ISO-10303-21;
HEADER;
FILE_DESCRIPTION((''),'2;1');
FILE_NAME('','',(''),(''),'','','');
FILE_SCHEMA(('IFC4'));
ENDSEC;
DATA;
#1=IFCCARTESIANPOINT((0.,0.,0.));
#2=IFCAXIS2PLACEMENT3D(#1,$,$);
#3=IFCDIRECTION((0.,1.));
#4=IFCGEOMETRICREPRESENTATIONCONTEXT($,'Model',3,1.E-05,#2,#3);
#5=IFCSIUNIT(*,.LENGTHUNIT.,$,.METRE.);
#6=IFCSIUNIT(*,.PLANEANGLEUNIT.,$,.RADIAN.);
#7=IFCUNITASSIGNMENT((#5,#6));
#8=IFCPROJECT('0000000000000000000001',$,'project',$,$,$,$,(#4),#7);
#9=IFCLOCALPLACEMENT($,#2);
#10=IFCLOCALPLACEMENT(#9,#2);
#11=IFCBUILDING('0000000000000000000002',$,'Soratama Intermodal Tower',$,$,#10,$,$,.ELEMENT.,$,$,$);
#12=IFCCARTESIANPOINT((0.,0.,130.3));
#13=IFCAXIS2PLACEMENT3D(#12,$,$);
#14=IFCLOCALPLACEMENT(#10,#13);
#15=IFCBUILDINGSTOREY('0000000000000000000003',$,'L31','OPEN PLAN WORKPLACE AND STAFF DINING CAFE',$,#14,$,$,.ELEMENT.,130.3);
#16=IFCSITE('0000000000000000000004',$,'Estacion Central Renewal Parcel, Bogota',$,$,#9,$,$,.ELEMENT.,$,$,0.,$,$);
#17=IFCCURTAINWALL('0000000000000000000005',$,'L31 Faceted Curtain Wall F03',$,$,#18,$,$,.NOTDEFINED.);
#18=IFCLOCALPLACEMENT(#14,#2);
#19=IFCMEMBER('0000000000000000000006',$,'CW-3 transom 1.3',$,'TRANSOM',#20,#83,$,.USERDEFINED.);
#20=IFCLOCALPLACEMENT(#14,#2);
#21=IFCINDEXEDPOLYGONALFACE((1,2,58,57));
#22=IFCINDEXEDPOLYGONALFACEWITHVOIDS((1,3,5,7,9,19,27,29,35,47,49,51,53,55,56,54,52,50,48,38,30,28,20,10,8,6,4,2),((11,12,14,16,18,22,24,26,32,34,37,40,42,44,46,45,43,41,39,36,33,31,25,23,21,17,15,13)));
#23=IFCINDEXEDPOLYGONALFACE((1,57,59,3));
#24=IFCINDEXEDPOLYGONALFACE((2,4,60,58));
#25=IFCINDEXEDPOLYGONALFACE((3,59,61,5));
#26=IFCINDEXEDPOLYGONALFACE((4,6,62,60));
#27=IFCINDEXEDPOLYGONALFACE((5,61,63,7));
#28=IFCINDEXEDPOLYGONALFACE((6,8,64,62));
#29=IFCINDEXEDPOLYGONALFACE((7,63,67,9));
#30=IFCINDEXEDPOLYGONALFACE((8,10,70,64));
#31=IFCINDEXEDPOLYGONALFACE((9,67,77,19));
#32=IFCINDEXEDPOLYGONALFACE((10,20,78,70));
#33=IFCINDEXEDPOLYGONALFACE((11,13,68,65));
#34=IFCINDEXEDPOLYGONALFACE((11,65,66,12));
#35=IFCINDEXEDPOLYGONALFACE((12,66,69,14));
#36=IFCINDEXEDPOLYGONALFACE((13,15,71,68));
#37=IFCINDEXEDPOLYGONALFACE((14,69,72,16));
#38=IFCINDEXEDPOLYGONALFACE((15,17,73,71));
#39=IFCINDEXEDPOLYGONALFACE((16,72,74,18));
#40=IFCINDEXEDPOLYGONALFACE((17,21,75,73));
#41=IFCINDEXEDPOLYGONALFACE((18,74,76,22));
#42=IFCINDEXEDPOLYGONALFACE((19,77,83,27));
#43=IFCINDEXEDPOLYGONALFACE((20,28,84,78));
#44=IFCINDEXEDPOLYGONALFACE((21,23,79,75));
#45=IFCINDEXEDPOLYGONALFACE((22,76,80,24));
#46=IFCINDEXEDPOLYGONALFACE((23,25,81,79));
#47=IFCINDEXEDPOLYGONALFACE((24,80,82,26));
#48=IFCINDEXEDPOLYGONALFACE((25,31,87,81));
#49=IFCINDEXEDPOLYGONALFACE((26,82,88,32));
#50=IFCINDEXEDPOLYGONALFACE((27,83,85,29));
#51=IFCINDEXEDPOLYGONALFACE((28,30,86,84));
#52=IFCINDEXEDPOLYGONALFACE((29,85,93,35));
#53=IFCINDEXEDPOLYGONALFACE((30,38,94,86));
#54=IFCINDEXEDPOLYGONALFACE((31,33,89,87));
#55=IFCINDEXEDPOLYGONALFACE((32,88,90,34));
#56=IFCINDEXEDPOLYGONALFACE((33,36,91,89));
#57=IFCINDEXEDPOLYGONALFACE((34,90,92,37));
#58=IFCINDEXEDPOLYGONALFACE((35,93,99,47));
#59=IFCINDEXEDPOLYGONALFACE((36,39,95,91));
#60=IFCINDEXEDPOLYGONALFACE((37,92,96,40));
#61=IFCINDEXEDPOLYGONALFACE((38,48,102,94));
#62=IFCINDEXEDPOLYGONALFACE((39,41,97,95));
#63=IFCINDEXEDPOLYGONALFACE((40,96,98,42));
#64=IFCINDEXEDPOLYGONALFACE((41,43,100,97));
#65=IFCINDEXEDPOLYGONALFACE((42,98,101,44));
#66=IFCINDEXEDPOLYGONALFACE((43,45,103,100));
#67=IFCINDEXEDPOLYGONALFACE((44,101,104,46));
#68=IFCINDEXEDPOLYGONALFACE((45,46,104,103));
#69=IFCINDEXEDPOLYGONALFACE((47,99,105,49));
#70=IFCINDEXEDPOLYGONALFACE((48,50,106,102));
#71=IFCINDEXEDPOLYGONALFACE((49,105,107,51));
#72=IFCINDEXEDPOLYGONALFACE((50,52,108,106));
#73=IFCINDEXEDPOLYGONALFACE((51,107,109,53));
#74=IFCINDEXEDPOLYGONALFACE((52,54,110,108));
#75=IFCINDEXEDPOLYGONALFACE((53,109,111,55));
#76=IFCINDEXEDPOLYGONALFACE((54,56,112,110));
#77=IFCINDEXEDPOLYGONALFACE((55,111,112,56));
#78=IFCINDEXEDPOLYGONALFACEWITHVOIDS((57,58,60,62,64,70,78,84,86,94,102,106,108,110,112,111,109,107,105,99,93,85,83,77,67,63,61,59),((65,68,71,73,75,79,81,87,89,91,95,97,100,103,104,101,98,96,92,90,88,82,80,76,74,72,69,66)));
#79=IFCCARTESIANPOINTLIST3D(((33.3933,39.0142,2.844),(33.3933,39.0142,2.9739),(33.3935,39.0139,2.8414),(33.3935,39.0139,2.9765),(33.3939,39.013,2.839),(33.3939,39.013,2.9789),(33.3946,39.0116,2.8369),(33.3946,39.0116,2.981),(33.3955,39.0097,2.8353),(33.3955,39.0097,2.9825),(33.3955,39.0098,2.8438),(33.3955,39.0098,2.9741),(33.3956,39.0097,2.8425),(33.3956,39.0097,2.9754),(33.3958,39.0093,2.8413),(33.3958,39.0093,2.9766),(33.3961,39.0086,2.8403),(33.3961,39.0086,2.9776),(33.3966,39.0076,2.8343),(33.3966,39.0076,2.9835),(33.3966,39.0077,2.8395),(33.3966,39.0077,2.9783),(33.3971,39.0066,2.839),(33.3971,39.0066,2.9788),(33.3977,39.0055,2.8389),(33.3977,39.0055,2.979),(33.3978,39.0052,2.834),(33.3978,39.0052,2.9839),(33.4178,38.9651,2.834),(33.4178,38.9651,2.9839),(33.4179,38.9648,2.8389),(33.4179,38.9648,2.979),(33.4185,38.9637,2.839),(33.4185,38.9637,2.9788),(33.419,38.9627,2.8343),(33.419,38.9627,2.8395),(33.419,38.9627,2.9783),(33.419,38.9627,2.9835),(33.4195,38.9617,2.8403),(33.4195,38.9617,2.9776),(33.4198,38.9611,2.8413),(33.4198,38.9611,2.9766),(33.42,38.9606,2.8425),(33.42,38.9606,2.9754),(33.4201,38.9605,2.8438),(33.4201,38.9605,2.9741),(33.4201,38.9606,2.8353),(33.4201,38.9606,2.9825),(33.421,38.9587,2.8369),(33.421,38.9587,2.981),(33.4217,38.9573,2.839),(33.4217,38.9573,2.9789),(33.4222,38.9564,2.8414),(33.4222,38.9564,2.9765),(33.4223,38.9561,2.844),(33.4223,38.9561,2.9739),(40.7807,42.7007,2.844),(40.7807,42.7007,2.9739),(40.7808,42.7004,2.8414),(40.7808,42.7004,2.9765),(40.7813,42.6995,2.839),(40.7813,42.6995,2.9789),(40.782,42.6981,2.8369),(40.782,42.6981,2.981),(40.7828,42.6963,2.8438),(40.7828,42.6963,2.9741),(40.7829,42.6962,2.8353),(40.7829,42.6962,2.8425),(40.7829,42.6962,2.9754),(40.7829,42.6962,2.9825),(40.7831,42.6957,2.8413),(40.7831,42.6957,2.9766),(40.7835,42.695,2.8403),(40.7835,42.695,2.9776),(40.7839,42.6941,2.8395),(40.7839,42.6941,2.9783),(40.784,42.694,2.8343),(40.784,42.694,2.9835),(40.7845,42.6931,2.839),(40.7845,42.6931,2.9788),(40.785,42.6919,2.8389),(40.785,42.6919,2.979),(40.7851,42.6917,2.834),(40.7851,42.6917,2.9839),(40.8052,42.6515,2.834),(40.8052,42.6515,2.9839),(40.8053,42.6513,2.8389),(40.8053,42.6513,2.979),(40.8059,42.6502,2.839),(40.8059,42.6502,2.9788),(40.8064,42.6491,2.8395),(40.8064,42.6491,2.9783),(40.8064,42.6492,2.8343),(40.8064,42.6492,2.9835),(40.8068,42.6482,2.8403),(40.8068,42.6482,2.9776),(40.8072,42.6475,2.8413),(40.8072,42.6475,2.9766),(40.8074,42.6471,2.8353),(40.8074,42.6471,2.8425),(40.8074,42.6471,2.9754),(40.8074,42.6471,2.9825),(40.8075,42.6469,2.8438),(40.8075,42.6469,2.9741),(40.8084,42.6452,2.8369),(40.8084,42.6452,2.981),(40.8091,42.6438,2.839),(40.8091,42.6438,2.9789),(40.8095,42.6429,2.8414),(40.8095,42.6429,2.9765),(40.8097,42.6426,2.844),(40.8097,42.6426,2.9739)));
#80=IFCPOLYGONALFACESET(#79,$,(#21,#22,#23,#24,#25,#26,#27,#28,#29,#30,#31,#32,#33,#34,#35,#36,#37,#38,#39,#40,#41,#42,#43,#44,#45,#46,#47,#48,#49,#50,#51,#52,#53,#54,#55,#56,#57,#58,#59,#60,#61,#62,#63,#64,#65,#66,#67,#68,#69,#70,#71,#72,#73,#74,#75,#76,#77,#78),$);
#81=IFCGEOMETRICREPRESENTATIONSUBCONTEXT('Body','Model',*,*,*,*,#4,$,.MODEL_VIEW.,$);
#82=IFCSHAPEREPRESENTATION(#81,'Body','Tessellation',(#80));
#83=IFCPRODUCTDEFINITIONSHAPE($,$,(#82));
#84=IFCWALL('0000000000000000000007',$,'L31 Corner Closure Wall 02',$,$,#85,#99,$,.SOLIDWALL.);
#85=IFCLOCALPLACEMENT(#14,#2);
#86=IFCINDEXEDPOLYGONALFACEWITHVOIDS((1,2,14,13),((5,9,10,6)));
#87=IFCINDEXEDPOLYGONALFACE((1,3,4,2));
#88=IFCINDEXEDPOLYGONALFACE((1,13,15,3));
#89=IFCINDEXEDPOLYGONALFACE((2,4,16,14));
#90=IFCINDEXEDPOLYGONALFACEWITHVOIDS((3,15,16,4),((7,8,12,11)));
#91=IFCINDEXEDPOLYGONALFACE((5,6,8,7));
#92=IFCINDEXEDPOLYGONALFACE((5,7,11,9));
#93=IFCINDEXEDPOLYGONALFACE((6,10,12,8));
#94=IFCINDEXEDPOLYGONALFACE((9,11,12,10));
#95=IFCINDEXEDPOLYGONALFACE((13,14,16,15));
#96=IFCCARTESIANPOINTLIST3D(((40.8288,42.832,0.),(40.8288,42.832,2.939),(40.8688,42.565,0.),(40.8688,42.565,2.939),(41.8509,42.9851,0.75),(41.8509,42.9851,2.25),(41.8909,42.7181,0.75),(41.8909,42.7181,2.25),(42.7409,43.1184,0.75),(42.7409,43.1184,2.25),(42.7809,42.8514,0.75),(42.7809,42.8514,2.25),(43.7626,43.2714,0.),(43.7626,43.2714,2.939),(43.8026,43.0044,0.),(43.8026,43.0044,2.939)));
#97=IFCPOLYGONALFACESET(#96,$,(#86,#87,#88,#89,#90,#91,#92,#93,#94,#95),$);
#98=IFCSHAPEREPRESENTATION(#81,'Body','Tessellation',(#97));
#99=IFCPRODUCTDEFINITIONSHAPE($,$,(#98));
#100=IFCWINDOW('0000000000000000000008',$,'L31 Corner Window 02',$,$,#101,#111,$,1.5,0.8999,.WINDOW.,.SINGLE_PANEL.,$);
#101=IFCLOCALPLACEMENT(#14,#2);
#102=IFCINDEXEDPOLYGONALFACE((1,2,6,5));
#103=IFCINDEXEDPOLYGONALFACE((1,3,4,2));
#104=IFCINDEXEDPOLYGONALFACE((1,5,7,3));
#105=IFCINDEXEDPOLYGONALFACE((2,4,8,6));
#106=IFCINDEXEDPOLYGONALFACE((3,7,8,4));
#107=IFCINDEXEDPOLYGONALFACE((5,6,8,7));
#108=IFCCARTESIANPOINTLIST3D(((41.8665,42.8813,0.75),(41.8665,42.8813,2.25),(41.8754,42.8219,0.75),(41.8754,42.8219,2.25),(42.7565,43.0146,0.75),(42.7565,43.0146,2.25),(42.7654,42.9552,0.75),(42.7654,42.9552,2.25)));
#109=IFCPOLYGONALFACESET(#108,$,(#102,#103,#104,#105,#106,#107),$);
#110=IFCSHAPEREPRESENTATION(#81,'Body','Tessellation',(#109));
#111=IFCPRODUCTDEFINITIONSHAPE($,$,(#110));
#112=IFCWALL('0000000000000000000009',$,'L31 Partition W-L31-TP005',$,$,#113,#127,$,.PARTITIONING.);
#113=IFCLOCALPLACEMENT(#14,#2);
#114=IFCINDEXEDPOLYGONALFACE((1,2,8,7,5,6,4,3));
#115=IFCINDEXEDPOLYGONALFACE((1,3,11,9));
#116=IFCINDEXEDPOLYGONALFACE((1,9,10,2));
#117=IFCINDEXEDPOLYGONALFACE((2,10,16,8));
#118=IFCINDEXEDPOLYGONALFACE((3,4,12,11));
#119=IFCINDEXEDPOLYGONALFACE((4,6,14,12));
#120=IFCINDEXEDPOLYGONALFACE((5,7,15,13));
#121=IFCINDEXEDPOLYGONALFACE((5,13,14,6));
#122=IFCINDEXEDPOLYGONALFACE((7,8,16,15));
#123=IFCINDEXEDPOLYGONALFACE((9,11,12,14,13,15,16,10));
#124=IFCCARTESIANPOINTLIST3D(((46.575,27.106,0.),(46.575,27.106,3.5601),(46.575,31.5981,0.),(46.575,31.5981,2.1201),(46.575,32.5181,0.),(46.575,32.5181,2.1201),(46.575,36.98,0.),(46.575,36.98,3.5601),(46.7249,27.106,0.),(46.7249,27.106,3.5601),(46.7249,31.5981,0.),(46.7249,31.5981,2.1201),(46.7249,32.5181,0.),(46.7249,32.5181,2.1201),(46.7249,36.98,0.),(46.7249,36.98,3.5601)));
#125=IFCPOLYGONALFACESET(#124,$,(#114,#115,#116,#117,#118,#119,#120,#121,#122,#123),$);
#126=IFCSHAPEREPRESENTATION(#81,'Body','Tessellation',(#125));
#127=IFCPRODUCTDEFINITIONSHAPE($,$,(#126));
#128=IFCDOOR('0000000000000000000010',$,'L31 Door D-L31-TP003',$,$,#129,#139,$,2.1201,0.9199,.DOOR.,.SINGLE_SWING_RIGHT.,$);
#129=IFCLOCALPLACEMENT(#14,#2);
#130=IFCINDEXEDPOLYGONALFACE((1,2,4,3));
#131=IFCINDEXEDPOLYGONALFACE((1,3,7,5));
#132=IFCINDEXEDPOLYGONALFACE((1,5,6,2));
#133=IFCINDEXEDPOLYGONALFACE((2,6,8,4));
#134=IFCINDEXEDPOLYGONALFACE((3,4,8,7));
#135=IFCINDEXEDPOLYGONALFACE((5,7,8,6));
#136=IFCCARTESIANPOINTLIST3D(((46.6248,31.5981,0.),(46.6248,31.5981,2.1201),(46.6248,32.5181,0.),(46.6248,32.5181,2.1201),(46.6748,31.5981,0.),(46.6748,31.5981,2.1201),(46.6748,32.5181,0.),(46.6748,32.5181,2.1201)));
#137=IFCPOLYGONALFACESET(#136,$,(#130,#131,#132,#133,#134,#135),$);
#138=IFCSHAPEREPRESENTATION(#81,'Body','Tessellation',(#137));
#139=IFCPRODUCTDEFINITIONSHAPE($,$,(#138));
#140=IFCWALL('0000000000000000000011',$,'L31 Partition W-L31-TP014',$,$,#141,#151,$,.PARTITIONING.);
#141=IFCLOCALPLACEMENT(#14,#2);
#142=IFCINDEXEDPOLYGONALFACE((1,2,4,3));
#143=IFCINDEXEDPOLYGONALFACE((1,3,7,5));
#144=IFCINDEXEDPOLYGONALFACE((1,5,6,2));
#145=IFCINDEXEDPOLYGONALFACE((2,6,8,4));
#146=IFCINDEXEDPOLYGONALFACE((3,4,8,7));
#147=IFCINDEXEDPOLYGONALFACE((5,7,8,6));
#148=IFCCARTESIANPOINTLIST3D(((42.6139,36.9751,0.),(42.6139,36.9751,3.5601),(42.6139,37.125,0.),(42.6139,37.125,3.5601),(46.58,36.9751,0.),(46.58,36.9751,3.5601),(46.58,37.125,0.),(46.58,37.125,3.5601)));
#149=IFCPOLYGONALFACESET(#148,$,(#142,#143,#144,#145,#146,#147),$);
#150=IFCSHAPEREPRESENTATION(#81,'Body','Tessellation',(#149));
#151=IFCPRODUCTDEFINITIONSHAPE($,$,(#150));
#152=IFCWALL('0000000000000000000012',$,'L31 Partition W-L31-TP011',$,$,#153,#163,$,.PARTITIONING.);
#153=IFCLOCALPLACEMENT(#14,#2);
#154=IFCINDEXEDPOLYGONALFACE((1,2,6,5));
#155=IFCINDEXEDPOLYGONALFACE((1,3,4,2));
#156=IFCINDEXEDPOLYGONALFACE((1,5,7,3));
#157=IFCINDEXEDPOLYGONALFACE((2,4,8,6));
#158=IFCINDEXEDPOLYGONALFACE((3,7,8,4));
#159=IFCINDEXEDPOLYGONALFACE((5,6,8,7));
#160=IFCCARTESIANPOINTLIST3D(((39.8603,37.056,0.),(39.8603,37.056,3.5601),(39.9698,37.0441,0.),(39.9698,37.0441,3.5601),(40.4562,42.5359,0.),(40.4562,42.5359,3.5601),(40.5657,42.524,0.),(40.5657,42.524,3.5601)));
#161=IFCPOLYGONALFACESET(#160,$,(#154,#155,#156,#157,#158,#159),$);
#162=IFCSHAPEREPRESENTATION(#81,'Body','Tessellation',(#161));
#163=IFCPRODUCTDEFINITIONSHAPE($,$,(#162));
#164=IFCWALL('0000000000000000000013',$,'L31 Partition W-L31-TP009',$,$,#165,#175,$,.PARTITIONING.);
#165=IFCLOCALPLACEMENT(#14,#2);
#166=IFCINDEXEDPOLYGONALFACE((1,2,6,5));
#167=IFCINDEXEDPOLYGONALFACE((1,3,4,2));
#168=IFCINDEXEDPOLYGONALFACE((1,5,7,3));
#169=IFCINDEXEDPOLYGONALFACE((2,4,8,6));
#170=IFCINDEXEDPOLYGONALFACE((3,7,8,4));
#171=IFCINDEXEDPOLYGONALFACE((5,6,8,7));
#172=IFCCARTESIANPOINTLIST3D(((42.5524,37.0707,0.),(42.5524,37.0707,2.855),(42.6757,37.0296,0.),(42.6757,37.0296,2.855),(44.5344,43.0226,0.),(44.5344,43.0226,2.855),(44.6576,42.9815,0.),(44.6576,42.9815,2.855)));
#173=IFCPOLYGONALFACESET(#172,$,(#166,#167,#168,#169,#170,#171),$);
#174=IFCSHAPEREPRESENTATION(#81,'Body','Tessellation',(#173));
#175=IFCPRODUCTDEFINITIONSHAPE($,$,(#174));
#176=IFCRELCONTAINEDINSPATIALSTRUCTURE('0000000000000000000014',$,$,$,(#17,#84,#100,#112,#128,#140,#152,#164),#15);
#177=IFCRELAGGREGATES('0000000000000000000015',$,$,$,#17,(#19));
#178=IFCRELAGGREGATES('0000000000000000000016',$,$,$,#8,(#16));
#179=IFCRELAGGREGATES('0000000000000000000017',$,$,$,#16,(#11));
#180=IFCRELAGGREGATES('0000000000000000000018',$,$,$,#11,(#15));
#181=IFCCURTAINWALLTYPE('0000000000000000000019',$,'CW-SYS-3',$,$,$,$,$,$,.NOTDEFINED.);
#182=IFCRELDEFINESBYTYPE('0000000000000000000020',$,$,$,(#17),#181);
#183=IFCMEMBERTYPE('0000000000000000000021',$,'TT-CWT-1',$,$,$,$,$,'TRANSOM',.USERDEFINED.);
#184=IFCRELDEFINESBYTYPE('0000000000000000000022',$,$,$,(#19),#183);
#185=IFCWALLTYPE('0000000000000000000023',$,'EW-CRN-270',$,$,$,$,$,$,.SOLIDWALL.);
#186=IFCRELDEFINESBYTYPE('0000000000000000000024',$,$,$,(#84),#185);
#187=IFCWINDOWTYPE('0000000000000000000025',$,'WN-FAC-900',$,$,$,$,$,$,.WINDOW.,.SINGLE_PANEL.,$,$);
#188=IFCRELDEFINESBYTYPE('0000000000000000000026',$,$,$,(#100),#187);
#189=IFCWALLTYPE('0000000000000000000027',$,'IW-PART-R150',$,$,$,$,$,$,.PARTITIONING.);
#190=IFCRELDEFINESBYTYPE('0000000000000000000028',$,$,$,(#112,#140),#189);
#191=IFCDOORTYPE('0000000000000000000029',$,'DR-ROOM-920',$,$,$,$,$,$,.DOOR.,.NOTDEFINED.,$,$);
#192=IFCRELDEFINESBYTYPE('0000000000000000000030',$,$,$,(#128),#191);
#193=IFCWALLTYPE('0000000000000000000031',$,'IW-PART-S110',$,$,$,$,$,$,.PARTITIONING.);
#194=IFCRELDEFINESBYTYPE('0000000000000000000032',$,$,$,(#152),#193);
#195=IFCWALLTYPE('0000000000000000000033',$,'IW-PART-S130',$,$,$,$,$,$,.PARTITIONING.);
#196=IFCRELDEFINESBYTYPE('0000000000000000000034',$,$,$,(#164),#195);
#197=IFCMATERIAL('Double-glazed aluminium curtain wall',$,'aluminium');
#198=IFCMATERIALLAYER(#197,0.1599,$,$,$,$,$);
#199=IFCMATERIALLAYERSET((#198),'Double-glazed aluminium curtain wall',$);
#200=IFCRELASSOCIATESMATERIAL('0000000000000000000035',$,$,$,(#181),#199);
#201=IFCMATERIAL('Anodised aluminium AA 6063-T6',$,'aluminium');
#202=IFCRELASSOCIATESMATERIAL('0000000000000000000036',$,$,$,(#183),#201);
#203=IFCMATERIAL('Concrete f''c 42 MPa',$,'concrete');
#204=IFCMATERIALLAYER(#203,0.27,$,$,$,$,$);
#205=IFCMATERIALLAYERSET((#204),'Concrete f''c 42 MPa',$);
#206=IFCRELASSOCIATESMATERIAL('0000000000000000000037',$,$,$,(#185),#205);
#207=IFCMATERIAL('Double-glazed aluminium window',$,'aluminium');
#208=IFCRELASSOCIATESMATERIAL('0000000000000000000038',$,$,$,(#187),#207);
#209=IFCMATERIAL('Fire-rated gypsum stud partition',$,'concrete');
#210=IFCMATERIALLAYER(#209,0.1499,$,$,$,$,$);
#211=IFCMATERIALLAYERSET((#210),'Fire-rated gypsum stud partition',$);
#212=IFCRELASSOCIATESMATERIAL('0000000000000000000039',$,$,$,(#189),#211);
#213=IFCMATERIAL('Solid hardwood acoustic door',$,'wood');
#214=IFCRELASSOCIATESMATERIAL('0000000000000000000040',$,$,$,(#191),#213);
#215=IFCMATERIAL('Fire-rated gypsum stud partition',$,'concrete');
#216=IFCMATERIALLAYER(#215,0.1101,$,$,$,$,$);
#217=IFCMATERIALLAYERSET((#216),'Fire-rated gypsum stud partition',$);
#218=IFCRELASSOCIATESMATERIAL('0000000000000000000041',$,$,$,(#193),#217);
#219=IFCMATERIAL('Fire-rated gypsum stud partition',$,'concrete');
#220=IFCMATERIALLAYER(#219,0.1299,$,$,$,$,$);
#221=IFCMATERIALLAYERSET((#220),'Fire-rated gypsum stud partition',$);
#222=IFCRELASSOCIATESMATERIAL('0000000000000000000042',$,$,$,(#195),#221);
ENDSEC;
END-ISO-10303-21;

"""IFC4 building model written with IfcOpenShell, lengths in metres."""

from ifc_helpers import new_model, si_unit, direction, frame, frame_2d, origin, origin_2d, place, context, subcontext, project, spatial, rectangle, hollow_rectangle, extrude, material, layer, layer_set, material_profile, profile_set, type_object, element, fill, aggregate, save


model = new_model("IFC4")

# Units and contexts
model_context = context("Model", 3, precision=1e-05, world=origin(), true_north=direction((0.0, 1.0)))
body_context = subcontext(model_context, "Body", "Model", "MODEL_VIEW")
ifc_project = project(units=[si_unit("LENGTHUNIT", "METRE"), si_unit("PLANEANGLEUNIT", "RADIAN")], contexts=[model_context])

# Site, building, storey
site_placement = place(None, origin())
site = spatial("IfcSite", under=ifc_project, at=site_placement, Name="Estacion Central Renewal Parcel, Bogota", CompositionType="ELEMENT", RefElevation=0.0)
building_placement = place(site_placement, origin())
building = spatial("IfcBuilding", under=site, at=building_placement, Name="Soratama Intermodal Tower", CompositionType="ELEMENT")
storey_placement = place(building_placement, frame((0.0, 0.0, 130.3)))
storey = spatial("IfcBuildingStorey", under=building, at=storey_placement, Name="L31", Description="OPEN PLAN WORKPLACE AND STAFF DINING CAFE", CompositionType="ELEMENT", Elevation=130.3)

# Shared definitions
ifc_material_1 = material(Name="Double-glazed aluminium curtain wall", Category="aluminium")
ifc_layer_1 = layer(ifc_material_1, 0.1599)
ifc_layer_set_1 = layer_set([ifc_layer_1], Name="Double-glazed aluminium curtain wall")
curtain_wall_type = type_object("IfcCurtainWallType", Name="CW-SYS-3", PredefinedType="NOTDEFINED", material=ifc_layer_set_1)

# Curtain wall, member
curtain_wall_1_placement = place(storey_placement, origin())
curtain_wall_1 = element("IfcCurtainWall", 1, at=curtain_wall_1_placement, inside=storey, type_object=curtain_wall_type, Name="L31 Faceted Curtain Wall F03", PredefinedType="NOTDEFINED")
ifc_material_2 = material(Name="Anodised aluminium AA 6063-T6", Category="aluminium")
ifc_material_profile_1 = material_profile(ifc_material_2, hollow_rectangle(XDim=0.0649, YDim=0.1499, WallThickness=0.0049, InnerFilletRadius=0.0049, OuterFilletRadius=0.01, at=origin_2d()), Name="CWT150X65X5")
ifc_profile_set_1 = profile_set([ifc_material_profile_1], Name="Anodised aluminium AA 6063-T6")
member_type_1 = type_object("IfcMemberType", Name="TT-CWT-1", ElementType="TRANSOM", PredefinedType="USERDEFINED", material=ifc_profile_set_1)
member_1_placement = place(storey_placement, frame((40.7952, 42.6716, 2.9089), z_axis=(-0.894776, -0.446516, 0.0), x_axis=(0.446516, -0.894776, 0.0)))
member_1 = element("IfcMember", 2, at=member_1_placement, type_object=member_type_1, Name="CW-3 transom 1.3", ObjectType="TRANSOM", PredefinedType="USERDEFINED", context=body_context, shape_type="SweptSolid", body=[
    extrude(hollow_rectangle(XDim=0.0649, YDim=0.1499, WallThickness=0.0049, InnerFilletRadius=0.0049, OuterFilletRadius=0.01, at=origin_2d()), origin(), (0.0, 0.0, 1.0), 8.2561),
])
aggregate(curtain_wall_1, [member_1])

# Wall, opening, window
ifc_material_3 = material(Name="Concrete f'c 42 MPa", Category="concrete")
ifc_layer_2 = layer(ifc_material_3, 0.27)
ifc_layer_set_2 = layer_set([ifc_layer_2], Name="Concrete f'c 42 MPa")
wall_type_1 = type_object("IfcWallType", Name="EW-CRN-270", PredefinedType="SOLIDWALL", material=ifc_layer_set_2)
wall_1_placement = place(storey_placement, frame((43.7827, 43.1379, 0.0), z_axis=(0.0, 0.0, 1.0), x_axis=(-0.988967, -0.148135, 0.0)))
wall_1 = element("IfcWall", 3, at=wall_1_placement, inside=storey, type_object=wall_type_1, Name="L31 Corner Closure Wall 02", PredefinedType="SOLIDWALL", context=body_context, shape_type="SweptSolid", body=[
    extrude(rectangle(XDim=2.9666, YDim=0.27, at=frame_2d((1.4834, 0.0))), origin(), (0.0, 0.0, 1.0), 2.939),
])
opening_1_placement = place(wall_1_placement, frame((1.0332, 0.0, 0.75)))
opening_1 = element("IfcOpeningElement", 4, at=opening_1_placement, cuts=wall_1, PredefinedType="OPENING", context=body_context, shape_type="SweptSolid", body=[
    extrude(rectangle(XDim=0.8999, YDim=1.5, at=frame_2d((0.45, 0.75))), frame((0.0, 0.145, 0.0), z_axis=(0.0, -1.0, 0.0), x_axis=(1.0, 0.0, 0.0)), (0.0, 0.0, 1.0), 0.29),
])
ifc_material_4 = material(Name="Double-glazed aluminium window", Category="aluminium")
window_type = type_object("IfcWindowType", Name="WN-FAC-900", PartitioningType="SINGLE_PANEL", PredefinedType="WINDOW", material=ifc_material_4)
window_placement = place(opening_1_placement, origin())
window = element("IfcWindow", 5, at=window_placement, inside=storey, type_object=window_type, Name="L31 Corner Window 02", OverallHeight=1.5, OverallWidth=0.8999, PartitioningType="SINGLE_PANEL", PredefinedType="WINDOW", context=body_context, shape_type="SweptSolid", body=[
    extrude(rectangle(XDim=0.8999, YDim=1.5, at=frame_2d((0.45, 0.75))), frame((0.0, 0.03, 0.0), z_axis=(0.0, -1.0, 0.0), x_axis=(1.0, 0.0, 0.0)), (0.0, 0.0, 1.0), 0.0601),
])
fill(opening_1, window)

# Wall, opening, door
ifc_material_5 = material(Name="Fire-rated gypsum stud partition", Category="concrete")
ifc_layer_3 = layer(ifc_material_5, 0.1499)
ifc_layer_set_3 = layer_set([ifc_layer_3], Name="Fire-rated gypsum stud partition")
wall_type_2 = type_object("IfcWallType", Name="IW-PART-R150", PredefinedType="PARTITIONING", material=ifc_layer_set_3)
wall_2_placement = place(storey_placement, frame((46.6499, 36.98, 0.0), z_axis=(0.0, 0.0, 1.0), x_axis=(0.0, -1.0, 0.0)))
wall_2 = element("IfcWall", 6, at=wall_2_placement, inside=storey, type_object=wall_type_2, Name="L31 Partition W-L31-TP005", PredefinedType="PARTITIONING", context=body_context, shape_type="SweptSolid", body=[
    extrude(rectangle(XDim=9.874, YDim=0.1499, at=frame_2d((4.937, 0.0))), origin(), (0.0, 0.0, 1.0), 3.5601),
])
opening_2_placement = place(wall_2_placement, frame((4.4619, 0.0, 0.0)))
opening_2 = element("IfcOpeningElement", 7, at=opening_2_placement, cuts=wall_2, PredefinedType="OPENING", context=body_context, shape_type="SweptSolid", body=[
    extrude(rectangle(XDim=0.9199, YDim=2.1201, at=frame_2d((0.46, 1.0601))), frame((0.0, 0.085, 0.0), z_axis=(0.0, -1.0, 0.0), x_axis=(1.0, 0.0, 0.0)), (0.0, 0.0, 1.0), 0.1699),
])
ifc_material_6 = material(Name="Solid hardwood acoustic door", Category="wood")
door_type = type_object("IfcDoorType", Name="DR-ROOM-920", OperationType="NOTDEFINED", PredefinedType="DOOR", material=ifc_material_6)
door_1_placement = place(opening_2_placement, origin())
door_1 = element("IfcDoor", 8, at=door_1_placement, inside=storey, type_object=door_type, Name="L31 Door D-L31-TP003", OperationType="SINGLE_SWING_RIGHT", OverallHeight=2.1201, OverallWidth=0.9199, PredefinedType="DOOR", context=body_context, shape_type="SweptSolid", body=[
    extrude(rectangle(XDim=0.9199, YDim=2.1201, at=frame_2d((0.46, 1.0601))), frame((0.0, 0.0249, 0.0), z_axis=(0.0, -1.0, 0.0), x_axis=(1.0, 0.0, 0.0)), (0.0, 0.0, 1.0), 0.05),
])
fill(opening_2, door_1)

# Wall
wall_3_placement = place(storey_placement, frame((42.614, 37.05, 0.0), z_axis=(0.0, 0.0, 1.0), x_axis=(1.0, 0.0, 0.0)))
element("IfcWall", 9, at=wall_3_placement, inside=storey, type_object=wall_type_2, Name="L31 Partition W-L31-TP014", PredefinedType="PARTITIONING", context=body_context, shape_type="SweptSolid", body=[
    extrude(rectangle(XDim=3.9661, YDim=0.1499, at=frame_2d((1.9829, 0.0))), origin(), (0.0, 0.0, 1.0), 3.5601),
])

# Walls
ifc_material_7 = material(Name="Fire-rated gypsum stud partition", Category="concrete")
ifc_layer_4 = layer(ifc_material_7, 0.1101)
ifc_layer_set_4 = layer_set([ifc_layer_4], Name="Fire-rated gypsum stud partition")
wall_type_3 = type_object("IfcWallType", Name="IW-PART-S110", PredefinedType="PARTITIONING", material=ifc_layer_set_4)
wall_4_placement = place(storey_placement, frame((39.915, 37.05, 0.0), z_axis=(0.0, 0.0, 1.0), x_axis=(0.108112, 0.994139, 0.0)))
element("IfcWall", 10, at=wall_4_placement, inside=storey, type_object=wall_type_3, Name="L31 Partition W-L31-TP011", PredefinedType="PARTITIONING", context=body_context, shape_type="SweptSolid", body=[
    extrude(rectangle(XDim=5.5122, YDim=0.1101, at=frame_2d((2.7561, 0.0))), origin(), (0.0, 0.0, 1.0), 3.5601),
])
ifc_material_8 = material(Name="Fire-rated gypsum stud partition", Category="concrete")
ifc_layer_5 = layer(ifc_material_8, 0.1299)
ifc_layer_set_5 = layer_set([ifc_layer_5], Name="Fire-rated gypsum stud partition")
wall_type_4 = type_object("IfcWallType", Name="IW-PART-S130", PredefinedType="PARTITIONING", material=ifc_layer_set_5)
wall_5_placement = place(storey_placement, frame((42.614, 37.05, 0.0), z_axis=(0.0, 0.0, 1.0), x_axis=(0.315936, 0.948781, 0.0)))
element("IfcWall", 11, at=wall_5_placement, inside=storey, type_object=wall_type_4, Name="L31 Partition W-L31-TP009", PredefinedType="PARTITIONING", context=body_context, shape_type="SweptSolid", body=[
    extrude(rectangle(XDim=6.2732, YDim=0.1299, at=frame_2d((3.1367, 0.0))), origin(), (0.0, 0.0, 1.0), 2.855),
])

save(model, "model.ifc")
